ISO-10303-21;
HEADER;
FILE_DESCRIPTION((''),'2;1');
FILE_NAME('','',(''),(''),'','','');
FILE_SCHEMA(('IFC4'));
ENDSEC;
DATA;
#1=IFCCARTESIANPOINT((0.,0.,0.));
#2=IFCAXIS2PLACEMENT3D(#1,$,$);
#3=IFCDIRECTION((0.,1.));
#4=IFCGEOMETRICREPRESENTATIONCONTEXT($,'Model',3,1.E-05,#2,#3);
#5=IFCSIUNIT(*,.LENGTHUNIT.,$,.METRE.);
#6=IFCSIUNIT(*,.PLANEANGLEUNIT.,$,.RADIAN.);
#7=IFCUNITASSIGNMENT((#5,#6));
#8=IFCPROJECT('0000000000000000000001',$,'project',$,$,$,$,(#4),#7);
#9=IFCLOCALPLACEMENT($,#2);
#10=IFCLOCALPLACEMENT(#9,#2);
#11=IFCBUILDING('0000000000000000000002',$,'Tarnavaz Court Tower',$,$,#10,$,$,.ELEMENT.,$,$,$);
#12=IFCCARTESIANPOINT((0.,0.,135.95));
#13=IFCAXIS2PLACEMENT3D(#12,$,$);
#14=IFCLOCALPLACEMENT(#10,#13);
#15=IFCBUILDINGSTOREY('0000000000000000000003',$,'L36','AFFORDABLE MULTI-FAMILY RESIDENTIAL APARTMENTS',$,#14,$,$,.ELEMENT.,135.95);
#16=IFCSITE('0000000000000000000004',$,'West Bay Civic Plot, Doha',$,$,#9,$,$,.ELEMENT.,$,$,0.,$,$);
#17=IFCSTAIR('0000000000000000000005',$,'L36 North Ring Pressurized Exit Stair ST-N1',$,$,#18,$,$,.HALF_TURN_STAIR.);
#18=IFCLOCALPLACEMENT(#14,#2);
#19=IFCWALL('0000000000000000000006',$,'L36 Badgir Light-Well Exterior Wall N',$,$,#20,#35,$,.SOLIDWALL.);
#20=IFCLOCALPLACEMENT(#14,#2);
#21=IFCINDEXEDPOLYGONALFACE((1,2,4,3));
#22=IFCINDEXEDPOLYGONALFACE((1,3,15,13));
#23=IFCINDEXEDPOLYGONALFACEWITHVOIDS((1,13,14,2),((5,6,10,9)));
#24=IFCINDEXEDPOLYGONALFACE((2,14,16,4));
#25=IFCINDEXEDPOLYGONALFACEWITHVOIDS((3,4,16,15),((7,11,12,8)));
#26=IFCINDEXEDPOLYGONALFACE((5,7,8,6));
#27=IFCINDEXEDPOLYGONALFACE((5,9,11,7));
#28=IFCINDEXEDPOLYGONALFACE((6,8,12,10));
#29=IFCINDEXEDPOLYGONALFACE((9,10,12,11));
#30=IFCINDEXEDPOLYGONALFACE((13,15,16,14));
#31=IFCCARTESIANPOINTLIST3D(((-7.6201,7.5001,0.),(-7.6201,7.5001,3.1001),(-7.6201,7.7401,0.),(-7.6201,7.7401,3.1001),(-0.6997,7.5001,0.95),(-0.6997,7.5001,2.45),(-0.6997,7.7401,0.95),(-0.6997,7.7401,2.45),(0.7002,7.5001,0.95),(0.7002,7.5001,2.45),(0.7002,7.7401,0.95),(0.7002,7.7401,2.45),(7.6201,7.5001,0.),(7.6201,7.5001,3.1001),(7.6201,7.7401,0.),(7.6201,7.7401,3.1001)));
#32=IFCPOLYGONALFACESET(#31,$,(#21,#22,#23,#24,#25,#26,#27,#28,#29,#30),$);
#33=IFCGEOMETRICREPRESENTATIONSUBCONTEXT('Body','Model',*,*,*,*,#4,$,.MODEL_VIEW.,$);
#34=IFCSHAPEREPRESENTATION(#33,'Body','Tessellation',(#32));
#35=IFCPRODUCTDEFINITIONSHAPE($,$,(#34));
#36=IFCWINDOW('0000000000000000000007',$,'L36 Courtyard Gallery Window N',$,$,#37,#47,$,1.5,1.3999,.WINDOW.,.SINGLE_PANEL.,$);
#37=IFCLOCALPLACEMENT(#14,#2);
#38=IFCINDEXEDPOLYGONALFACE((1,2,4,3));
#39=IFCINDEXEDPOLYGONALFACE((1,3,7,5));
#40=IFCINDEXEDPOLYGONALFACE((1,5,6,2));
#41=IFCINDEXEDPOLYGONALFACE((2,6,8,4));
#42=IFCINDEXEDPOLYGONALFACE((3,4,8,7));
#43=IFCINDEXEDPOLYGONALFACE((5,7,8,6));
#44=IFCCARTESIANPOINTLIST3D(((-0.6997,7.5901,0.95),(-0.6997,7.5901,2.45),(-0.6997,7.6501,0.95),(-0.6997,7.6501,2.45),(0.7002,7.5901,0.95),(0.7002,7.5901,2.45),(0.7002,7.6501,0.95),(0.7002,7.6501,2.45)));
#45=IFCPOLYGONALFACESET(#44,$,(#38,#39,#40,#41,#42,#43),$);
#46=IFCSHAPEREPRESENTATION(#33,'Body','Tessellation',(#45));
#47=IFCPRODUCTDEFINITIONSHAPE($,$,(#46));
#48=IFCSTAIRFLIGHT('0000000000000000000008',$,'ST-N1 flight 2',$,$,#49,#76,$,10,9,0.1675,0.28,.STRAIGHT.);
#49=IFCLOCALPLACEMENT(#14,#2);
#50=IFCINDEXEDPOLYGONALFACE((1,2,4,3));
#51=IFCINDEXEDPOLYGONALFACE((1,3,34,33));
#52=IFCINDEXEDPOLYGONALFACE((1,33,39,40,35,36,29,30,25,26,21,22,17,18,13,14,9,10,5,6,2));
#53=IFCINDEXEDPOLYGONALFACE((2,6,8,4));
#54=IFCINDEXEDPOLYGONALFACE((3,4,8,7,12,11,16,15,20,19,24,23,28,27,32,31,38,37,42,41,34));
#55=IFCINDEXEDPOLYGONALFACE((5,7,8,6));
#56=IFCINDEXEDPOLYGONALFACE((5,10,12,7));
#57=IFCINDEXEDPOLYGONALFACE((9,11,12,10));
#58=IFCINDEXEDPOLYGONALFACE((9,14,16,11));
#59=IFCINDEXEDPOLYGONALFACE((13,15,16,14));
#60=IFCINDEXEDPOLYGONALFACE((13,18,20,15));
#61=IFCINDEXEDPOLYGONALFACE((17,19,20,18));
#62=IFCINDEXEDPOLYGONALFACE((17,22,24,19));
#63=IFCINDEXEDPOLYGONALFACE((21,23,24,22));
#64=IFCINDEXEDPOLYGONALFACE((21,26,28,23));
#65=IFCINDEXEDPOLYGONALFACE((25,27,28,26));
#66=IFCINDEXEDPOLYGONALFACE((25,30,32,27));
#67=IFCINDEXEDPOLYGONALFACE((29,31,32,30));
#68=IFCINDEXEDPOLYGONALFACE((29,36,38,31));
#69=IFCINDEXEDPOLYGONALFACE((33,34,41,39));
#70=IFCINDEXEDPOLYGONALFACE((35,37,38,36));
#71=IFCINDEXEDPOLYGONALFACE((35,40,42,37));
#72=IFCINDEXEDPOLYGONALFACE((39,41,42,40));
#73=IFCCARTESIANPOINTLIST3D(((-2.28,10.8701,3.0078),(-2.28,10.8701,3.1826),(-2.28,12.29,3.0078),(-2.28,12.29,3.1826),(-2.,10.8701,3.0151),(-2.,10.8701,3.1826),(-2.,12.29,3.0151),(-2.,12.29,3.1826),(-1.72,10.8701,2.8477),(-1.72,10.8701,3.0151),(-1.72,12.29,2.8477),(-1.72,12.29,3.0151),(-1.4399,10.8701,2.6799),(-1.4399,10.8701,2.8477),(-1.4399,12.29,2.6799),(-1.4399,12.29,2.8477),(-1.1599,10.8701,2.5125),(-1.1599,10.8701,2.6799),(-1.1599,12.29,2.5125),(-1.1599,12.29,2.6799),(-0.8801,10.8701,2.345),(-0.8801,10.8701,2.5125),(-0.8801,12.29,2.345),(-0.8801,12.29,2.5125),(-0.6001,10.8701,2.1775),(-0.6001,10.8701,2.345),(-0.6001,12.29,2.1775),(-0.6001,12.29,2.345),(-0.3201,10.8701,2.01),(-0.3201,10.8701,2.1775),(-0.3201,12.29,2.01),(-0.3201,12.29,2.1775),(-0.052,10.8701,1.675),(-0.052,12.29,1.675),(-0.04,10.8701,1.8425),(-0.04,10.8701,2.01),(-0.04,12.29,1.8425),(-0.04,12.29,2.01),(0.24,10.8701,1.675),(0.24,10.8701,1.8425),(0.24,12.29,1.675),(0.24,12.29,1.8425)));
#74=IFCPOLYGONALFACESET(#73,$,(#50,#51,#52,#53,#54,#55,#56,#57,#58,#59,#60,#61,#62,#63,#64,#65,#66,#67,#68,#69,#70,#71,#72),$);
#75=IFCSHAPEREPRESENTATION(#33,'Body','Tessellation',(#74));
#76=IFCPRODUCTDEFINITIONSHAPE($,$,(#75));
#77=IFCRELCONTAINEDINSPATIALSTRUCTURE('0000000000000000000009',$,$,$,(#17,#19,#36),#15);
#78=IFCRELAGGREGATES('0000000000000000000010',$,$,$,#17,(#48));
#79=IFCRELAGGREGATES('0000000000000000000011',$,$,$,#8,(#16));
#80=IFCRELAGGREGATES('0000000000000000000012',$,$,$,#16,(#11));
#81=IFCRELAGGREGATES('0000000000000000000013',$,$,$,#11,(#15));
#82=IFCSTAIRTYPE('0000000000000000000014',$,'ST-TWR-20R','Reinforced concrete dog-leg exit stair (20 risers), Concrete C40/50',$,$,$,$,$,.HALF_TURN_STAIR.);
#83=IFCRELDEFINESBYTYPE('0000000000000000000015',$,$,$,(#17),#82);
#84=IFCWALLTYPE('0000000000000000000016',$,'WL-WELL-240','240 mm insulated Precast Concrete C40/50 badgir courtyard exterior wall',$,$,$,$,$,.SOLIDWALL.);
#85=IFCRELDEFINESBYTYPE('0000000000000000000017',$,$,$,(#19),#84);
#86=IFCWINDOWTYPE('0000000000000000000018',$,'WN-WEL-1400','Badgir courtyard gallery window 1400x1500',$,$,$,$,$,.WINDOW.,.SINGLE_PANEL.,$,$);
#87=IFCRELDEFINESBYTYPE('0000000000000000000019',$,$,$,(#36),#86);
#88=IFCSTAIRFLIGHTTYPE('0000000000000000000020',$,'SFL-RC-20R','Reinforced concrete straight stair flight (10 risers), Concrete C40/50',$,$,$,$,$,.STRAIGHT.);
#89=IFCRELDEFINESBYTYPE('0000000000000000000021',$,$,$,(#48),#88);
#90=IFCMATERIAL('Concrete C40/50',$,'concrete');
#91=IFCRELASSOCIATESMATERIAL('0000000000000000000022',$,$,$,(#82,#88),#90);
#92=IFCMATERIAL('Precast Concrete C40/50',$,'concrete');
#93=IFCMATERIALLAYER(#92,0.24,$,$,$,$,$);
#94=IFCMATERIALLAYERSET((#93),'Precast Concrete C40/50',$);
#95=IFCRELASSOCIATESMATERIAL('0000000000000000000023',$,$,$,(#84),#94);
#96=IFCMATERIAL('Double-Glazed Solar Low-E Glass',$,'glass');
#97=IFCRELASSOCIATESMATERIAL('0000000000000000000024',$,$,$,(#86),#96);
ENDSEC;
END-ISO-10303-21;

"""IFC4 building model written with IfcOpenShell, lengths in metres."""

from ifc_helpers import new_model, si_unit, direction, frame, frame_2d, origin, place, context, subcontext, project, spatial, polyline, rectangle, outline, extrude, material, layer, layer_set, type_object, element, fill, aggregate, save


model = new_model("IFC4")

# Units and contexts
model_context = context("Model", 3, precision=1e-05, world=origin(), true_north=direction((0.0, 1.0)))
body_context = subcontext(model_context, "Body", "Model", "MODEL_VIEW")
ifc_project = project(units=[si_unit("LENGTHUNIT", "METRE"), si_unit("PLANEANGLEUNIT", "RADIAN")], contexts=[model_context])

# Site, building, storey
site_placement = place(None, origin())
site = spatial("IfcSite", under=ifc_project, at=site_placement, Name="West Bay Civic Plot, Doha", CompositionType="ELEMENT", RefElevation=0.0)
building_placement = place(site_placement, origin())
building = spatial("IfcBuilding", under=site, at=building_placement, Name="Tarnavaz Court Tower", CompositionType="ELEMENT")
storey_placement = place(building_placement, frame((0.0, 0.0, 135.95)))
storey = spatial("IfcBuildingStorey", under=building, at=storey_placement, Name="L36", Description="AFFORDABLE MULTI-FAMILY RESIDENTIAL APARTMENTS", CompositionType="ELEMENT", Elevation=135.95)

# Stair
ifc_material_1 = material(Name="Concrete C40/50", Category="concrete")
stair_type = type_object("IfcStairType", Name="ST-TWR-20R", Description="Reinforced concrete dog-leg exit stair (20 risers), Concrete C40/50", PredefinedType="HALF_TURN_STAIR", material=ifc_material_1)
stair_1_placement = place(storey_placement, origin())
stair_1 = element("IfcStair", 1, at=stair_1_placement, inside=storey, type_object=stair_type, Name="L36 North Ring Pressurized Exit Stair ST-N1", PredefinedType="HALF_TURN_STAIR")

# Wall, opening, window
ifc_material_2 = material(Name="Precast Concrete C40/50", Category="concrete")
ifc_layer_1 = layer(ifc_material_2, 0.24)
ifc_layer_set_1 = layer_set([ifc_layer_1], Name="Precast Concrete C40/50")
wall_type_1 = type_object("IfcWallType", Name="WL-WELL-240", Description="240 mm insulated Precast Concrete C40/50 badgir courtyard exterior wall", PredefinedType="SOLIDWALL", material=ifc_layer_set_1)
wall_1_placement = place(storey_placement, frame((7.6201, 7.6201, 0.0), z_axis=(0.0, 0.0, 1.0), x_axis=(-1.0, 0.0, 0.0)))
wall_1 = element("IfcWall", 2, at=wall_1_placement, inside=storey, type_object=wall_type_1, Name="L36 Badgir Light-Well Exterior Wall N", PredefinedType="SOLIDWALL", context=body_context, shape_type="SweptSolid", body=[
    extrude(rectangle(XDim=15.2402, YDim=0.24, at=frame_2d((7.6201, 0.0))), origin(), (0.0, 0.0, 1.0), 3.1001),
])
opening_1_placement = place(wall_1_placement, frame((6.9199, 0.0, 0.95)))
opening_1 = element("IfcOpeningElement", 3, at=opening_1_placement, cuts=wall_1, PredefinedType="OPENING", context=body_context, shape_type="SweptSolid", body=[
    extrude(rectangle(XDim=1.3999, YDim=1.5, at=frame_2d((0.7, 0.75))), frame((0.0, 0.1299, 0.0), z_axis=(0.0, -1.0, 0.0), x_axis=(1.0, 0.0, 0.0)), (0.0, 0.0, 1.0), 0.26),
])
ifc_material_3 = material(Name="Double-Glazed Solar Low-E Glass", Category="glass")
window_type = type_object("IfcWindowType", Name="WN-WEL-1400", Description="Badgir courtyard gallery window 1400x1500", PartitioningType="SINGLE_PANEL", PredefinedType="WINDOW", material=ifc_material_3)
window_placement = place(opening_1_placement, origin())
window = element("IfcWindow", 4, at=window_placement, inside=storey, type_object=window_type, Name="L36 Courtyard Gallery Window N", OverallHeight=1.5, OverallWidth=1.3999, PartitioningType="SINGLE_PANEL", PredefinedType="WINDOW", context=body_context, shape_type="SweptSolid", body=[
    extrude(rectangle(XDim=1.3999, YDim=1.5, at=frame_2d((0.7, 0.75))), frame((0.0, 0.03, 0.0), z_axis=(0.0, -1.0, 0.0), x_axis=(1.0, 0.0, 0.0)), (0.0, 0.0, 1.0), 0.0601),
])
fill(opening_1, window)

# Stair flight
stair_flight_type = type_object("IfcStairFlightType", Name="SFL-RC-20R", Description="Reinforced concrete straight stair flight (10 risers), Concrete C40/50", PredefinedType="STRAIGHT", material=ifc_material_1)
stair_flight_placement = place(storey_placement, frame((0.24, 11.5801, 1.675), z_axis=(0.0, 0.0, 1.0), x_axis=(-1.0, 0.0, 0.0)))
stair_flight = element("IfcStairFlight", 5, at=stair_flight_placement, type_object=stair_flight_type, Name="ST-N1 flight 2", NumberOfRisers=10, NumberOfTreads=9, PredefinedType="STRAIGHT", RiserHeight=0.1675, TreadLength=0.28, context=body_context, shape_type="SweptSolid", body=[
    extrude(outline(polyline([(0.0, 0.0), (0.0, 0.1675), (0.28, 0.1675), (0.28, 0.335), (0.5601, 0.335), (0.5601, 0.5024), (0.8401, 0.5024), (0.8401, 0.6699), (1.1201, 0.6699), (1.1201, 0.8374), (1.3999, 0.8374), (1.3999, 1.0049), (1.6799, 1.0049), (1.6799, 1.1726), (1.96, 1.1726), (1.96, 1.3401), (2.24, 1.3401), (2.24, 1.5076), (2.52, 1.5076), (2.52, 1.675), (2.52, 1.3328), (0.292, 0.0), (0.0, 0.0)])), frame((0.0, 0.71, 0.0), z_axis=(0.0, -1.0, 0.0), x_axis=(1.0, 0.0, 0.0)), (0.0, 0.0, 1.0), 1.4199),
])
aggregate(stair_1, [stair_flight])

save(model, "model.ifc")
